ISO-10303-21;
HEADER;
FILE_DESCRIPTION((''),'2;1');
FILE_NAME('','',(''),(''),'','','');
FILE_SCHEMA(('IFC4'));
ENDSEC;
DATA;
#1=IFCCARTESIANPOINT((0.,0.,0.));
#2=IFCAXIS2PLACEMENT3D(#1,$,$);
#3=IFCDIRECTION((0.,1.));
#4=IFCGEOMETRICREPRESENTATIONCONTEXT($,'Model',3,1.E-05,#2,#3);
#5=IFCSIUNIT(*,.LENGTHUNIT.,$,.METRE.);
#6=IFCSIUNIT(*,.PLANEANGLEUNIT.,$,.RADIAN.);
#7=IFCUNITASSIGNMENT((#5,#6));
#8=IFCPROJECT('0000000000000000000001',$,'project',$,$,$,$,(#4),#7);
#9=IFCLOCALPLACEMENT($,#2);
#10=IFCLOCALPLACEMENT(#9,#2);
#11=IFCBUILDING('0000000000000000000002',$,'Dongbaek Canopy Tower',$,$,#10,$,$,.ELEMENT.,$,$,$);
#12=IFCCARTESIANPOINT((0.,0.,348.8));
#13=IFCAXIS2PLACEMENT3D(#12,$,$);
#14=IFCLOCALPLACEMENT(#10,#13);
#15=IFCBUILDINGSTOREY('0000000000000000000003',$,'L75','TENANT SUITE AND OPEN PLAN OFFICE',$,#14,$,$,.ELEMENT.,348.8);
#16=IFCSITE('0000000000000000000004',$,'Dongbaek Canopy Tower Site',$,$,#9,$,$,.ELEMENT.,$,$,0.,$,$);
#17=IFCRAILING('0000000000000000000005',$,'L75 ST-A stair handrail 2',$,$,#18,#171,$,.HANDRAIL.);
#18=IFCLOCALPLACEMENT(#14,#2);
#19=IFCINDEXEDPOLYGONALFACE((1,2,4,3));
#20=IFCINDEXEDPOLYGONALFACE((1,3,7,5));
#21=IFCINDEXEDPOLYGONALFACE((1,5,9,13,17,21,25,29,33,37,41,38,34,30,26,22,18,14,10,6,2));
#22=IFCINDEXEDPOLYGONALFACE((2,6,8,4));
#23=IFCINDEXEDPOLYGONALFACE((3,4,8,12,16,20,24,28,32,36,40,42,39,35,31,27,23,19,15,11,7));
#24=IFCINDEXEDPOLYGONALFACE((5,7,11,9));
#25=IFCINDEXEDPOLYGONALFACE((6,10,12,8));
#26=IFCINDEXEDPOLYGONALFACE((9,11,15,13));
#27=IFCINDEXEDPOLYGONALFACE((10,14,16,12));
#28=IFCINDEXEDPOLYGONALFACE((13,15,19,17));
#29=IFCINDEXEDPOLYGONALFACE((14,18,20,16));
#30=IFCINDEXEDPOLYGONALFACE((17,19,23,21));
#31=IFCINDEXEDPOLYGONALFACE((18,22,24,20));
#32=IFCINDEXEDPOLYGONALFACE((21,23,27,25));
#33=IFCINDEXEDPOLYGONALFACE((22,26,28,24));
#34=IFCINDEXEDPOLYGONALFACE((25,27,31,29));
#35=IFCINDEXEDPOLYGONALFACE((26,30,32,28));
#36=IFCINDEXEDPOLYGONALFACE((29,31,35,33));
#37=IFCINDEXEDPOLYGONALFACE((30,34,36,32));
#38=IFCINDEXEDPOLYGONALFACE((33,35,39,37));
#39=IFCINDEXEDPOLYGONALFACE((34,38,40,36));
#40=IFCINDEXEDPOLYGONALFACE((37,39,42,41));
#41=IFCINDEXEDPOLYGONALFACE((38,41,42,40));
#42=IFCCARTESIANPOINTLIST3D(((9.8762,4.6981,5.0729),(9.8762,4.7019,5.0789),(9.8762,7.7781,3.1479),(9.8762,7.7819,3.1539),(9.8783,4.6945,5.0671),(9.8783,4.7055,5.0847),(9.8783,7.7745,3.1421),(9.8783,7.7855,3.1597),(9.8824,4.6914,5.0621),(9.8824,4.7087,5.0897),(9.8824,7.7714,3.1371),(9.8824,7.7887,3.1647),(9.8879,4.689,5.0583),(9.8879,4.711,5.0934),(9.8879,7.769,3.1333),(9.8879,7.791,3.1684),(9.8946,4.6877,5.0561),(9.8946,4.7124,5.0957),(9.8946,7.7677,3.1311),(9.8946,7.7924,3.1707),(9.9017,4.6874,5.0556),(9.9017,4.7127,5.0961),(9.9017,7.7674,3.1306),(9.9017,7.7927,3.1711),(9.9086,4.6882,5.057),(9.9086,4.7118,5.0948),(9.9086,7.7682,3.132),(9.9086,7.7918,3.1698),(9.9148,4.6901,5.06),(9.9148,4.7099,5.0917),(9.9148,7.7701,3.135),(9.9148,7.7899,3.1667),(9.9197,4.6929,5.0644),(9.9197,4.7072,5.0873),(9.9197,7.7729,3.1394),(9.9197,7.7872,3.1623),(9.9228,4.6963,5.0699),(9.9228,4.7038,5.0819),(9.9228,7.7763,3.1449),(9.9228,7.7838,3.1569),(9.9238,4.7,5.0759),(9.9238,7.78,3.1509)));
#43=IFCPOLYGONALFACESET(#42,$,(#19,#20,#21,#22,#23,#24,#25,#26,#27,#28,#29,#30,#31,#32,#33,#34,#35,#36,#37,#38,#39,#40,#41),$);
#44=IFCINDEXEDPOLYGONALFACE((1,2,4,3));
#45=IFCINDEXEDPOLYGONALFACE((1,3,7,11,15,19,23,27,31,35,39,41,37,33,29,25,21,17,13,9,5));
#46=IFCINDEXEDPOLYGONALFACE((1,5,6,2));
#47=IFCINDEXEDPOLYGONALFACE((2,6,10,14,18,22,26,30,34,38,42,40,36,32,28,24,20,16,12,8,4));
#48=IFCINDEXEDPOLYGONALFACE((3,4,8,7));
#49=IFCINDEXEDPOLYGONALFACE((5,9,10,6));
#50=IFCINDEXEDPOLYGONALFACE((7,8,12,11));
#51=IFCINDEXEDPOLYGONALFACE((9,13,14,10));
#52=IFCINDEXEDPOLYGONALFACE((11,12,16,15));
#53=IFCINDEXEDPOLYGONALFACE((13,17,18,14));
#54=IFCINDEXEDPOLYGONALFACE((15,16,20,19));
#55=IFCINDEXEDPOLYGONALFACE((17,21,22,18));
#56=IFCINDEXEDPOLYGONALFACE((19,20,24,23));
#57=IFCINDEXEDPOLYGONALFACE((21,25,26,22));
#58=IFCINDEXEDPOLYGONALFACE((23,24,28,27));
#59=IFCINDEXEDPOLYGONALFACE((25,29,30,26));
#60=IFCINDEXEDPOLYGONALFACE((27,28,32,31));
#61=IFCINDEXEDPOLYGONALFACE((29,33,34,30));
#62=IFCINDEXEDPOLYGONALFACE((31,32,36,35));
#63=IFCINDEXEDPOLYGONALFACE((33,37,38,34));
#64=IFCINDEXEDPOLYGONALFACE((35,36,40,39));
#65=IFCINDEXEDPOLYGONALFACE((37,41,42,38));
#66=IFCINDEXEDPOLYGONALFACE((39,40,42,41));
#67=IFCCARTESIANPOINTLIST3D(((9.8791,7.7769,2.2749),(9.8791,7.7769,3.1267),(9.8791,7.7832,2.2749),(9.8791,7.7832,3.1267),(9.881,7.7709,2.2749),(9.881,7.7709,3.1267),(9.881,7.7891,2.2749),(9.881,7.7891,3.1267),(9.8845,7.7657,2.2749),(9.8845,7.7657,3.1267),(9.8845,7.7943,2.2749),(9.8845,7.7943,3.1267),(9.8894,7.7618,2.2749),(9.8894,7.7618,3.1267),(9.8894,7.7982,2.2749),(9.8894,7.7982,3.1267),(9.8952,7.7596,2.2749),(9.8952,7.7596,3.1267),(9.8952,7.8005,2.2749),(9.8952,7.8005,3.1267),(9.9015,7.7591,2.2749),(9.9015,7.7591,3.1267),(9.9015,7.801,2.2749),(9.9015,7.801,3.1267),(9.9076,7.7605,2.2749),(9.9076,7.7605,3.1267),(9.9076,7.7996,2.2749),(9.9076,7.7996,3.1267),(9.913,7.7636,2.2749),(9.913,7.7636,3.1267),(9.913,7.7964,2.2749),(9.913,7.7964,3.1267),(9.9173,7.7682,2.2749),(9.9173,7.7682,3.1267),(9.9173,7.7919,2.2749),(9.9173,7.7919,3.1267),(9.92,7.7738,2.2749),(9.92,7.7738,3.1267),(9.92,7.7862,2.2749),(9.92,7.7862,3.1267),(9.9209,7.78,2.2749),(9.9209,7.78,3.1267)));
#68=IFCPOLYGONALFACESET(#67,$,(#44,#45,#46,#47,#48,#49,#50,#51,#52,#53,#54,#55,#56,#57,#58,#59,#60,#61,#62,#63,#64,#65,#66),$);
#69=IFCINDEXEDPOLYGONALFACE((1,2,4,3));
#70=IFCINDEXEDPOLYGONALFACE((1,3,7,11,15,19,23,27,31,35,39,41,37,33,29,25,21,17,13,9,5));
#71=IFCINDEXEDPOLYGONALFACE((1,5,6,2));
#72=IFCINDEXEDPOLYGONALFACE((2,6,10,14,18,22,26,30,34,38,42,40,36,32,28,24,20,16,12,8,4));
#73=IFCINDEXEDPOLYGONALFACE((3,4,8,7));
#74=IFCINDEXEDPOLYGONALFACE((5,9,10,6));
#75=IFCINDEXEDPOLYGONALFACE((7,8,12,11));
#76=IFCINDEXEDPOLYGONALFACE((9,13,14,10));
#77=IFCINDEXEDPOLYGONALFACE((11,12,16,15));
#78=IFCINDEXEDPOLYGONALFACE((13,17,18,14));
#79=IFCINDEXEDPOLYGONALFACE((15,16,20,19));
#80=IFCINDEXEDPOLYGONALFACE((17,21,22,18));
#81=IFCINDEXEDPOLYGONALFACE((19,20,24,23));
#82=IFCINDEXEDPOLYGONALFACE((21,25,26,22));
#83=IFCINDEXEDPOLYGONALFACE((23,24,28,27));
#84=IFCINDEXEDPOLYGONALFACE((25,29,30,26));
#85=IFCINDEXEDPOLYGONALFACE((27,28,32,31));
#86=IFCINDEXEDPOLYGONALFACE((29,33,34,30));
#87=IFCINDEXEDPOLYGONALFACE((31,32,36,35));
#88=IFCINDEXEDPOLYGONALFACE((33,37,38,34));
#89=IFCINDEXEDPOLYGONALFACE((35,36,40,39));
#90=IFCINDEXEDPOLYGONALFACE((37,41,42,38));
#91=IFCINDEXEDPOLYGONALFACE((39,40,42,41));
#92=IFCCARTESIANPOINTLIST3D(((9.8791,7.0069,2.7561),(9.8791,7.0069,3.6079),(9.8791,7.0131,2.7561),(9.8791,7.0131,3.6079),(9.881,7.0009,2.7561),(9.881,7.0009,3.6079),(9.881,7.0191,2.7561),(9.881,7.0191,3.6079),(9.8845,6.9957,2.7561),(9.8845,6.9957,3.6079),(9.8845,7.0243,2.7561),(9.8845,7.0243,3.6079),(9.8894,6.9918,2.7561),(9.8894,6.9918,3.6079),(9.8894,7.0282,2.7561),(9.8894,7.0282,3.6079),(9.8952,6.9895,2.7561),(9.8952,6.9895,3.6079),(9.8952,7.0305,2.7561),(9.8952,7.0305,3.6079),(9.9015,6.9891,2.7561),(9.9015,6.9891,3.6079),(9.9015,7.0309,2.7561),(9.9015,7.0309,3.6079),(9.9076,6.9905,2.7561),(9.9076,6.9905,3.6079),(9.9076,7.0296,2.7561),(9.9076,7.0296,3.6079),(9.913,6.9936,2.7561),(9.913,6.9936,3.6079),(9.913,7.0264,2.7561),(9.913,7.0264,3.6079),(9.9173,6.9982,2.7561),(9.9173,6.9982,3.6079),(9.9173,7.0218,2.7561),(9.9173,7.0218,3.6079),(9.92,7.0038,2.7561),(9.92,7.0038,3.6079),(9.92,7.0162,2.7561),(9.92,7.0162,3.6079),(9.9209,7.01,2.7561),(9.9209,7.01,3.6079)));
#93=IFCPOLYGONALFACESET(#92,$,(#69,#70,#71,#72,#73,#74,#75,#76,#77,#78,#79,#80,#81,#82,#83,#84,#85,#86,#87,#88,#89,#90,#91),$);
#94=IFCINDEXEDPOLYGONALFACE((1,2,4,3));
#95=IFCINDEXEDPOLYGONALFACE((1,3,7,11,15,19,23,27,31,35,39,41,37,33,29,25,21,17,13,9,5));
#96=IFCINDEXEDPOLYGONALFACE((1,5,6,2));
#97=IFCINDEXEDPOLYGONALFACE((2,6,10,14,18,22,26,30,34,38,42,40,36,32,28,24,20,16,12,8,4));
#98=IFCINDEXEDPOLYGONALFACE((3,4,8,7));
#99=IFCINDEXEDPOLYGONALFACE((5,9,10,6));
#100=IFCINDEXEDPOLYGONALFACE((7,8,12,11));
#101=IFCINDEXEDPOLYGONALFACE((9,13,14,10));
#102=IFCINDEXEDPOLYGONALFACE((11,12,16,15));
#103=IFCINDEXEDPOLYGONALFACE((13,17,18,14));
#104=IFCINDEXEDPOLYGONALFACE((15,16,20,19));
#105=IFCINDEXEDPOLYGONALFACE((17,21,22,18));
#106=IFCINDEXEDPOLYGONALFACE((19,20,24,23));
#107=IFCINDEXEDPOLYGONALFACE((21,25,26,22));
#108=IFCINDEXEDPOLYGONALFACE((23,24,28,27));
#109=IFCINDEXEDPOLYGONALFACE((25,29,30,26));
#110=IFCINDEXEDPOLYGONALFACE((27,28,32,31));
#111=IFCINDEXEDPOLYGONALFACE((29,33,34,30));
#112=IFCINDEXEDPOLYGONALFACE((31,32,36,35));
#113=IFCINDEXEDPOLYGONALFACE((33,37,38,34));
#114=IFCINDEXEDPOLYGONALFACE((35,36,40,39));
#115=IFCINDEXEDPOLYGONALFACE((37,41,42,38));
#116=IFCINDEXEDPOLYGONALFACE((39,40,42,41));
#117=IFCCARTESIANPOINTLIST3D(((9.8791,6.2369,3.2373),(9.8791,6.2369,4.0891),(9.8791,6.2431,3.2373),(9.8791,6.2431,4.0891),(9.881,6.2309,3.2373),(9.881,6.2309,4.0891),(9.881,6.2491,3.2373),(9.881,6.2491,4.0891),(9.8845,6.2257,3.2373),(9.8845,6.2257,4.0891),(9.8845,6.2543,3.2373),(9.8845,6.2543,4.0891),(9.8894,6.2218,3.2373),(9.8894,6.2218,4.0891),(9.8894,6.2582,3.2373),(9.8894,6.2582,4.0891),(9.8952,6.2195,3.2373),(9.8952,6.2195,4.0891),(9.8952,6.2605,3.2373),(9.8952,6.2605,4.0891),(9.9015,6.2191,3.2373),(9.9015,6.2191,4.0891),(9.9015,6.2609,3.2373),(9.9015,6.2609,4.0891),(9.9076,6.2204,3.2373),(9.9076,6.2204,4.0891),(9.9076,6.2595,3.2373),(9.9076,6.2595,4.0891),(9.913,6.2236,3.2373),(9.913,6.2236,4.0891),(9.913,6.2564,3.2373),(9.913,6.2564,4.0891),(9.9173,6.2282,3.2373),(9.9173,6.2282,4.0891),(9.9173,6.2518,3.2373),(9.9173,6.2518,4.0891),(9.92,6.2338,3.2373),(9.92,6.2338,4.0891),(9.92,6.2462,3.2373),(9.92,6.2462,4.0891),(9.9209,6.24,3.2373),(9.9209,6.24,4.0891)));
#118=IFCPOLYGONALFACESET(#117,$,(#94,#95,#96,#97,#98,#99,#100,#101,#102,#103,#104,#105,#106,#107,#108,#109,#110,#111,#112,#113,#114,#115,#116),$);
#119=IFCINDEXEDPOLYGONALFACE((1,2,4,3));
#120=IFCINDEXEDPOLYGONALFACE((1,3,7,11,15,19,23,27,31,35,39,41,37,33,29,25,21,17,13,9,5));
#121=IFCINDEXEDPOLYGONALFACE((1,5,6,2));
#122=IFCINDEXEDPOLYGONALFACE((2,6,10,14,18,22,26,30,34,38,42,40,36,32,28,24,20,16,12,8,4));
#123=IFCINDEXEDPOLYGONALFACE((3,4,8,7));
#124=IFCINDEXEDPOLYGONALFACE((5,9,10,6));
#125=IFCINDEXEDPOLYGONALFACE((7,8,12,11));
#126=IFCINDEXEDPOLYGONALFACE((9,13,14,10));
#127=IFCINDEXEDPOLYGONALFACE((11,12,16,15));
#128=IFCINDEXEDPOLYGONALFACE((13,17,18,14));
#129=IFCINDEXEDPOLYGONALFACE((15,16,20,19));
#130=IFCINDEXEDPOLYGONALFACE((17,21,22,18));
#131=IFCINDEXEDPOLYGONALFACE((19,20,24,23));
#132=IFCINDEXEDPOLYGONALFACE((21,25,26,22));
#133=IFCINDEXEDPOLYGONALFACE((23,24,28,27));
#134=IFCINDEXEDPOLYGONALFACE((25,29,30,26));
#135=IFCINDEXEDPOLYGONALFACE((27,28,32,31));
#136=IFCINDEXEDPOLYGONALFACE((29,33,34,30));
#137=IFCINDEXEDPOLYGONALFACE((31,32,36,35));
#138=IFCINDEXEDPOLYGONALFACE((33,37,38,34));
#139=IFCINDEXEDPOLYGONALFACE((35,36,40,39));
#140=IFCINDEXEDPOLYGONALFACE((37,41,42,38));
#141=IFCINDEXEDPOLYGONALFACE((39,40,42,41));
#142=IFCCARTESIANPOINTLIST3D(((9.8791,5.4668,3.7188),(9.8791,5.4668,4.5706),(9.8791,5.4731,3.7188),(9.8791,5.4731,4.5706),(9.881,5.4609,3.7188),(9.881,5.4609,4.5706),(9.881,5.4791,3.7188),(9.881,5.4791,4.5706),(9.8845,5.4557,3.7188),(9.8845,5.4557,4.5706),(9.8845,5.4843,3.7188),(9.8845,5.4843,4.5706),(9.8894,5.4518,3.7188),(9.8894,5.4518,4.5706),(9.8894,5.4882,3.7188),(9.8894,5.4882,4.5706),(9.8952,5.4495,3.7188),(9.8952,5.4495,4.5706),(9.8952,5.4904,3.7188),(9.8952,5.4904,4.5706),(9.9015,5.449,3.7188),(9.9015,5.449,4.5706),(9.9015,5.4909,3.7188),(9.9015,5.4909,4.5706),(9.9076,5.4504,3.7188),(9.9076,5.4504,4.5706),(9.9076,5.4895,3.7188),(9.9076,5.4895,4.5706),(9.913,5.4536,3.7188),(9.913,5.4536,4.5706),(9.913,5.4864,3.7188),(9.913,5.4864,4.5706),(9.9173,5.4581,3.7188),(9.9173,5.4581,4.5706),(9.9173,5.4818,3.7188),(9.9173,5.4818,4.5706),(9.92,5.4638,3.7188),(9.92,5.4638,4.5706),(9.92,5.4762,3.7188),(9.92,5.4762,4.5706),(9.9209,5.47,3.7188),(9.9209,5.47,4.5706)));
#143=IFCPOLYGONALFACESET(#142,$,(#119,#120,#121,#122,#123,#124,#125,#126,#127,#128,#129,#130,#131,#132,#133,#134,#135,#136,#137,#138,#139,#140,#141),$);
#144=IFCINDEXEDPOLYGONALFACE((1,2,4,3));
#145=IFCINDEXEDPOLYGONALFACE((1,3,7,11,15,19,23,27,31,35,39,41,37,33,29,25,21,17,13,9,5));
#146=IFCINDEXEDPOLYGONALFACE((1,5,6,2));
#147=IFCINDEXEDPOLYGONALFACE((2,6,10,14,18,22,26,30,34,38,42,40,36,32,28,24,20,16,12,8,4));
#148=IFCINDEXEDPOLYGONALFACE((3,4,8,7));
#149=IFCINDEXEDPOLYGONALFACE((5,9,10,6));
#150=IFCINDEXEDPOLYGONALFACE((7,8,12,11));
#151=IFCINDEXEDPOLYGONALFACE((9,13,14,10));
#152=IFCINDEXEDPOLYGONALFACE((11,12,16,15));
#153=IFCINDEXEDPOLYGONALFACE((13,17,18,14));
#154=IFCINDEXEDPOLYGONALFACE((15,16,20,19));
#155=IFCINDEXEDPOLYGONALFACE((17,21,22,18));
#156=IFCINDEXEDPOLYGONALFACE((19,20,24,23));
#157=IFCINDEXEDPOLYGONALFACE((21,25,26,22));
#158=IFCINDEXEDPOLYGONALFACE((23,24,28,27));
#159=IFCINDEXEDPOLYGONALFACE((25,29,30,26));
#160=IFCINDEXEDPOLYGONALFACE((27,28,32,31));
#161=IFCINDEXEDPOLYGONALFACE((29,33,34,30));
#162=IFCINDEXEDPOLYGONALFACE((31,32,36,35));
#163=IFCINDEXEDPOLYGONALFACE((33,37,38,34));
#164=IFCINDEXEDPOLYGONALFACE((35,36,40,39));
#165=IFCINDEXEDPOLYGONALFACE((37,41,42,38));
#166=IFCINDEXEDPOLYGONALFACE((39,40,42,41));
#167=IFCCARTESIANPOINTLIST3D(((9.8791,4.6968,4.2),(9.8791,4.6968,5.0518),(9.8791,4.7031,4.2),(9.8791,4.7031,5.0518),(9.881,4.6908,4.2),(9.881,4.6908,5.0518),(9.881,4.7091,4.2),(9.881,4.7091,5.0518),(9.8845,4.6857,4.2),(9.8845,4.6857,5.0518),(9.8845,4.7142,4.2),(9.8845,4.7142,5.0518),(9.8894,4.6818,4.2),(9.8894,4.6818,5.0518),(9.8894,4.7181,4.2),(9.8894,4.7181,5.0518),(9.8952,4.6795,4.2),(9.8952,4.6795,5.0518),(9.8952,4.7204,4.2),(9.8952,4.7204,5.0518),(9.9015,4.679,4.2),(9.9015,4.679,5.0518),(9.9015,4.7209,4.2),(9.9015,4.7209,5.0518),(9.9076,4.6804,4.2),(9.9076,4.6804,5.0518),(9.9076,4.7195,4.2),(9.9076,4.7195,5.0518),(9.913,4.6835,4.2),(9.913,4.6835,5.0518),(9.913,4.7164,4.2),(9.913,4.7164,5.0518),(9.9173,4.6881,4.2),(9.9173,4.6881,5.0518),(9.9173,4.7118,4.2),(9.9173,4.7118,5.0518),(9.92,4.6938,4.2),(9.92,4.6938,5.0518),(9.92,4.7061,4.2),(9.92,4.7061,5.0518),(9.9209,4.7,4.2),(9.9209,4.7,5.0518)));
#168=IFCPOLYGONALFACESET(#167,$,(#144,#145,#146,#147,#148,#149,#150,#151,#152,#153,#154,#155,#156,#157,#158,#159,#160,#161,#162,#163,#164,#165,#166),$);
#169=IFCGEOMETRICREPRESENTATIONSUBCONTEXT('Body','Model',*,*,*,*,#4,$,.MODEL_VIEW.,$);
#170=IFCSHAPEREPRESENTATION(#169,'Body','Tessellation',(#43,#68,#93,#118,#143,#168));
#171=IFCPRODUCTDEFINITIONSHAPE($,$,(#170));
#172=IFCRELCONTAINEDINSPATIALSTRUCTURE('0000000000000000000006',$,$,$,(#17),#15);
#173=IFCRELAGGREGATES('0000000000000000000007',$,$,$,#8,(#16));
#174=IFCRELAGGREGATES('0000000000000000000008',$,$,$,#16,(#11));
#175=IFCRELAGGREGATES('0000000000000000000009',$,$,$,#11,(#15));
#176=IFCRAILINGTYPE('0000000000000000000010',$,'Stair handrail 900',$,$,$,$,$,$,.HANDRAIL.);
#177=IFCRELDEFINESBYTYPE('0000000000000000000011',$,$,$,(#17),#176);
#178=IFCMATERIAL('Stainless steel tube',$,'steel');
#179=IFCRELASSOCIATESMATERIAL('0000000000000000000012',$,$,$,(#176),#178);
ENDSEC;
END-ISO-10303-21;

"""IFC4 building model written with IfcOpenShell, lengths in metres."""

from ifc_helpers import new_model, si_unit, direction, frame, origin, origin_2d, place, context, subcontext, project, spatial, circle, extrude, material, type_object, element, save


model = new_model("IFC4")

# Units and contexts
model_context = context("Model", 3, precision=1e-05, world=origin(), true_north=direction((0.0, 1.0)))
body_context = subcontext(model_context, "Body", "Model", "MODEL_VIEW")
ifc_project = project(units=[si_unit("LENGTHUNIT", "METRE"), si_unit("PLANEANGLEUNIT", "RADIAN")], contexts=[model_context])

# Site, building, storey
site_placement = place(None, origin())
site = spatial("IfcSite", under=ifc_project, at=site_placement, Name="Dongbaek Canopy Tower Site", CompositionType="ELEMENT", RefElevation=0.0)
building_placement = place(site_placement, origin())
building = spatial("IfcBuilding", under=site, at=building_placement, Name="Dongbaek Canopy Tower", CompositionType="ELEMENT")
storey_placement = place(building_placement, frame((0.0, 0.0, 348.8)))
storey = spatial("IfcBuildingStorey", under=building, at=storey_placement, Name="L75", Description="TENANT SUITE AND OPEN PLAN OFFICE", CompositionType="ELEMENT", Elevation=348.8)

# Railing
ifc_material_1 = material(Name="Stainless steel tube", Category="steel")
railing_type_1 = type_object("IfcRailingType", Name="Stair handrail 900", PredefinedType="HANDRAIL", material=ifc_material_1)
railing_1_placement = place(storey_placement, frame((9.8999, 7.78, 2.2749)))
element("IfcRailing", 1, at=railing_1_placement, inside=storey, type_object=railing_type_1, Name="L75 ST-A stair handrail 2", PredefinedType="HANDRAIL", context=body_context, shape_type="SweptSolid", body=[
    extrude(circle(Radius=0.0239, at=origin_2d()), frame((0.0, 0.0, 0.876), z_axis=(0.0, -0.847998, 0.529999), x_axis=(1.0, 0.0, 0.0)), (0.0, 0.0, 1.0), 3.6321),
    extrude(circle(Radius=0.021, at=origin_2d()), origin(), (0.0, 0.0, 1.0), 0.8518),
    extrude(circle(Radius=0.021, at=origin_2d()), frame((0.0, -0.77, 0.4812)), (0.0, 0.0, 1.0), 0.8518),
    extrude(circle(Radius=0.021, at=origin_2d()), frame((0.0, -1.54, 0.9624)), (0.0, 0.0, 1.0), 0.8518),
    extrude(circle(Radius=0.021, at=origin_2d()), frame((0.0, -2.3101, 1.4438)), (0.0, 0.0, 1.0), 0.8518),
    extrude(circle(Radius=0.021, at=origin_2d()), frame((0.0, -3.0801, 1.925)), (0.0, 0.0, 1.0), 0.8518),
])

save(model, "model.ifc")
